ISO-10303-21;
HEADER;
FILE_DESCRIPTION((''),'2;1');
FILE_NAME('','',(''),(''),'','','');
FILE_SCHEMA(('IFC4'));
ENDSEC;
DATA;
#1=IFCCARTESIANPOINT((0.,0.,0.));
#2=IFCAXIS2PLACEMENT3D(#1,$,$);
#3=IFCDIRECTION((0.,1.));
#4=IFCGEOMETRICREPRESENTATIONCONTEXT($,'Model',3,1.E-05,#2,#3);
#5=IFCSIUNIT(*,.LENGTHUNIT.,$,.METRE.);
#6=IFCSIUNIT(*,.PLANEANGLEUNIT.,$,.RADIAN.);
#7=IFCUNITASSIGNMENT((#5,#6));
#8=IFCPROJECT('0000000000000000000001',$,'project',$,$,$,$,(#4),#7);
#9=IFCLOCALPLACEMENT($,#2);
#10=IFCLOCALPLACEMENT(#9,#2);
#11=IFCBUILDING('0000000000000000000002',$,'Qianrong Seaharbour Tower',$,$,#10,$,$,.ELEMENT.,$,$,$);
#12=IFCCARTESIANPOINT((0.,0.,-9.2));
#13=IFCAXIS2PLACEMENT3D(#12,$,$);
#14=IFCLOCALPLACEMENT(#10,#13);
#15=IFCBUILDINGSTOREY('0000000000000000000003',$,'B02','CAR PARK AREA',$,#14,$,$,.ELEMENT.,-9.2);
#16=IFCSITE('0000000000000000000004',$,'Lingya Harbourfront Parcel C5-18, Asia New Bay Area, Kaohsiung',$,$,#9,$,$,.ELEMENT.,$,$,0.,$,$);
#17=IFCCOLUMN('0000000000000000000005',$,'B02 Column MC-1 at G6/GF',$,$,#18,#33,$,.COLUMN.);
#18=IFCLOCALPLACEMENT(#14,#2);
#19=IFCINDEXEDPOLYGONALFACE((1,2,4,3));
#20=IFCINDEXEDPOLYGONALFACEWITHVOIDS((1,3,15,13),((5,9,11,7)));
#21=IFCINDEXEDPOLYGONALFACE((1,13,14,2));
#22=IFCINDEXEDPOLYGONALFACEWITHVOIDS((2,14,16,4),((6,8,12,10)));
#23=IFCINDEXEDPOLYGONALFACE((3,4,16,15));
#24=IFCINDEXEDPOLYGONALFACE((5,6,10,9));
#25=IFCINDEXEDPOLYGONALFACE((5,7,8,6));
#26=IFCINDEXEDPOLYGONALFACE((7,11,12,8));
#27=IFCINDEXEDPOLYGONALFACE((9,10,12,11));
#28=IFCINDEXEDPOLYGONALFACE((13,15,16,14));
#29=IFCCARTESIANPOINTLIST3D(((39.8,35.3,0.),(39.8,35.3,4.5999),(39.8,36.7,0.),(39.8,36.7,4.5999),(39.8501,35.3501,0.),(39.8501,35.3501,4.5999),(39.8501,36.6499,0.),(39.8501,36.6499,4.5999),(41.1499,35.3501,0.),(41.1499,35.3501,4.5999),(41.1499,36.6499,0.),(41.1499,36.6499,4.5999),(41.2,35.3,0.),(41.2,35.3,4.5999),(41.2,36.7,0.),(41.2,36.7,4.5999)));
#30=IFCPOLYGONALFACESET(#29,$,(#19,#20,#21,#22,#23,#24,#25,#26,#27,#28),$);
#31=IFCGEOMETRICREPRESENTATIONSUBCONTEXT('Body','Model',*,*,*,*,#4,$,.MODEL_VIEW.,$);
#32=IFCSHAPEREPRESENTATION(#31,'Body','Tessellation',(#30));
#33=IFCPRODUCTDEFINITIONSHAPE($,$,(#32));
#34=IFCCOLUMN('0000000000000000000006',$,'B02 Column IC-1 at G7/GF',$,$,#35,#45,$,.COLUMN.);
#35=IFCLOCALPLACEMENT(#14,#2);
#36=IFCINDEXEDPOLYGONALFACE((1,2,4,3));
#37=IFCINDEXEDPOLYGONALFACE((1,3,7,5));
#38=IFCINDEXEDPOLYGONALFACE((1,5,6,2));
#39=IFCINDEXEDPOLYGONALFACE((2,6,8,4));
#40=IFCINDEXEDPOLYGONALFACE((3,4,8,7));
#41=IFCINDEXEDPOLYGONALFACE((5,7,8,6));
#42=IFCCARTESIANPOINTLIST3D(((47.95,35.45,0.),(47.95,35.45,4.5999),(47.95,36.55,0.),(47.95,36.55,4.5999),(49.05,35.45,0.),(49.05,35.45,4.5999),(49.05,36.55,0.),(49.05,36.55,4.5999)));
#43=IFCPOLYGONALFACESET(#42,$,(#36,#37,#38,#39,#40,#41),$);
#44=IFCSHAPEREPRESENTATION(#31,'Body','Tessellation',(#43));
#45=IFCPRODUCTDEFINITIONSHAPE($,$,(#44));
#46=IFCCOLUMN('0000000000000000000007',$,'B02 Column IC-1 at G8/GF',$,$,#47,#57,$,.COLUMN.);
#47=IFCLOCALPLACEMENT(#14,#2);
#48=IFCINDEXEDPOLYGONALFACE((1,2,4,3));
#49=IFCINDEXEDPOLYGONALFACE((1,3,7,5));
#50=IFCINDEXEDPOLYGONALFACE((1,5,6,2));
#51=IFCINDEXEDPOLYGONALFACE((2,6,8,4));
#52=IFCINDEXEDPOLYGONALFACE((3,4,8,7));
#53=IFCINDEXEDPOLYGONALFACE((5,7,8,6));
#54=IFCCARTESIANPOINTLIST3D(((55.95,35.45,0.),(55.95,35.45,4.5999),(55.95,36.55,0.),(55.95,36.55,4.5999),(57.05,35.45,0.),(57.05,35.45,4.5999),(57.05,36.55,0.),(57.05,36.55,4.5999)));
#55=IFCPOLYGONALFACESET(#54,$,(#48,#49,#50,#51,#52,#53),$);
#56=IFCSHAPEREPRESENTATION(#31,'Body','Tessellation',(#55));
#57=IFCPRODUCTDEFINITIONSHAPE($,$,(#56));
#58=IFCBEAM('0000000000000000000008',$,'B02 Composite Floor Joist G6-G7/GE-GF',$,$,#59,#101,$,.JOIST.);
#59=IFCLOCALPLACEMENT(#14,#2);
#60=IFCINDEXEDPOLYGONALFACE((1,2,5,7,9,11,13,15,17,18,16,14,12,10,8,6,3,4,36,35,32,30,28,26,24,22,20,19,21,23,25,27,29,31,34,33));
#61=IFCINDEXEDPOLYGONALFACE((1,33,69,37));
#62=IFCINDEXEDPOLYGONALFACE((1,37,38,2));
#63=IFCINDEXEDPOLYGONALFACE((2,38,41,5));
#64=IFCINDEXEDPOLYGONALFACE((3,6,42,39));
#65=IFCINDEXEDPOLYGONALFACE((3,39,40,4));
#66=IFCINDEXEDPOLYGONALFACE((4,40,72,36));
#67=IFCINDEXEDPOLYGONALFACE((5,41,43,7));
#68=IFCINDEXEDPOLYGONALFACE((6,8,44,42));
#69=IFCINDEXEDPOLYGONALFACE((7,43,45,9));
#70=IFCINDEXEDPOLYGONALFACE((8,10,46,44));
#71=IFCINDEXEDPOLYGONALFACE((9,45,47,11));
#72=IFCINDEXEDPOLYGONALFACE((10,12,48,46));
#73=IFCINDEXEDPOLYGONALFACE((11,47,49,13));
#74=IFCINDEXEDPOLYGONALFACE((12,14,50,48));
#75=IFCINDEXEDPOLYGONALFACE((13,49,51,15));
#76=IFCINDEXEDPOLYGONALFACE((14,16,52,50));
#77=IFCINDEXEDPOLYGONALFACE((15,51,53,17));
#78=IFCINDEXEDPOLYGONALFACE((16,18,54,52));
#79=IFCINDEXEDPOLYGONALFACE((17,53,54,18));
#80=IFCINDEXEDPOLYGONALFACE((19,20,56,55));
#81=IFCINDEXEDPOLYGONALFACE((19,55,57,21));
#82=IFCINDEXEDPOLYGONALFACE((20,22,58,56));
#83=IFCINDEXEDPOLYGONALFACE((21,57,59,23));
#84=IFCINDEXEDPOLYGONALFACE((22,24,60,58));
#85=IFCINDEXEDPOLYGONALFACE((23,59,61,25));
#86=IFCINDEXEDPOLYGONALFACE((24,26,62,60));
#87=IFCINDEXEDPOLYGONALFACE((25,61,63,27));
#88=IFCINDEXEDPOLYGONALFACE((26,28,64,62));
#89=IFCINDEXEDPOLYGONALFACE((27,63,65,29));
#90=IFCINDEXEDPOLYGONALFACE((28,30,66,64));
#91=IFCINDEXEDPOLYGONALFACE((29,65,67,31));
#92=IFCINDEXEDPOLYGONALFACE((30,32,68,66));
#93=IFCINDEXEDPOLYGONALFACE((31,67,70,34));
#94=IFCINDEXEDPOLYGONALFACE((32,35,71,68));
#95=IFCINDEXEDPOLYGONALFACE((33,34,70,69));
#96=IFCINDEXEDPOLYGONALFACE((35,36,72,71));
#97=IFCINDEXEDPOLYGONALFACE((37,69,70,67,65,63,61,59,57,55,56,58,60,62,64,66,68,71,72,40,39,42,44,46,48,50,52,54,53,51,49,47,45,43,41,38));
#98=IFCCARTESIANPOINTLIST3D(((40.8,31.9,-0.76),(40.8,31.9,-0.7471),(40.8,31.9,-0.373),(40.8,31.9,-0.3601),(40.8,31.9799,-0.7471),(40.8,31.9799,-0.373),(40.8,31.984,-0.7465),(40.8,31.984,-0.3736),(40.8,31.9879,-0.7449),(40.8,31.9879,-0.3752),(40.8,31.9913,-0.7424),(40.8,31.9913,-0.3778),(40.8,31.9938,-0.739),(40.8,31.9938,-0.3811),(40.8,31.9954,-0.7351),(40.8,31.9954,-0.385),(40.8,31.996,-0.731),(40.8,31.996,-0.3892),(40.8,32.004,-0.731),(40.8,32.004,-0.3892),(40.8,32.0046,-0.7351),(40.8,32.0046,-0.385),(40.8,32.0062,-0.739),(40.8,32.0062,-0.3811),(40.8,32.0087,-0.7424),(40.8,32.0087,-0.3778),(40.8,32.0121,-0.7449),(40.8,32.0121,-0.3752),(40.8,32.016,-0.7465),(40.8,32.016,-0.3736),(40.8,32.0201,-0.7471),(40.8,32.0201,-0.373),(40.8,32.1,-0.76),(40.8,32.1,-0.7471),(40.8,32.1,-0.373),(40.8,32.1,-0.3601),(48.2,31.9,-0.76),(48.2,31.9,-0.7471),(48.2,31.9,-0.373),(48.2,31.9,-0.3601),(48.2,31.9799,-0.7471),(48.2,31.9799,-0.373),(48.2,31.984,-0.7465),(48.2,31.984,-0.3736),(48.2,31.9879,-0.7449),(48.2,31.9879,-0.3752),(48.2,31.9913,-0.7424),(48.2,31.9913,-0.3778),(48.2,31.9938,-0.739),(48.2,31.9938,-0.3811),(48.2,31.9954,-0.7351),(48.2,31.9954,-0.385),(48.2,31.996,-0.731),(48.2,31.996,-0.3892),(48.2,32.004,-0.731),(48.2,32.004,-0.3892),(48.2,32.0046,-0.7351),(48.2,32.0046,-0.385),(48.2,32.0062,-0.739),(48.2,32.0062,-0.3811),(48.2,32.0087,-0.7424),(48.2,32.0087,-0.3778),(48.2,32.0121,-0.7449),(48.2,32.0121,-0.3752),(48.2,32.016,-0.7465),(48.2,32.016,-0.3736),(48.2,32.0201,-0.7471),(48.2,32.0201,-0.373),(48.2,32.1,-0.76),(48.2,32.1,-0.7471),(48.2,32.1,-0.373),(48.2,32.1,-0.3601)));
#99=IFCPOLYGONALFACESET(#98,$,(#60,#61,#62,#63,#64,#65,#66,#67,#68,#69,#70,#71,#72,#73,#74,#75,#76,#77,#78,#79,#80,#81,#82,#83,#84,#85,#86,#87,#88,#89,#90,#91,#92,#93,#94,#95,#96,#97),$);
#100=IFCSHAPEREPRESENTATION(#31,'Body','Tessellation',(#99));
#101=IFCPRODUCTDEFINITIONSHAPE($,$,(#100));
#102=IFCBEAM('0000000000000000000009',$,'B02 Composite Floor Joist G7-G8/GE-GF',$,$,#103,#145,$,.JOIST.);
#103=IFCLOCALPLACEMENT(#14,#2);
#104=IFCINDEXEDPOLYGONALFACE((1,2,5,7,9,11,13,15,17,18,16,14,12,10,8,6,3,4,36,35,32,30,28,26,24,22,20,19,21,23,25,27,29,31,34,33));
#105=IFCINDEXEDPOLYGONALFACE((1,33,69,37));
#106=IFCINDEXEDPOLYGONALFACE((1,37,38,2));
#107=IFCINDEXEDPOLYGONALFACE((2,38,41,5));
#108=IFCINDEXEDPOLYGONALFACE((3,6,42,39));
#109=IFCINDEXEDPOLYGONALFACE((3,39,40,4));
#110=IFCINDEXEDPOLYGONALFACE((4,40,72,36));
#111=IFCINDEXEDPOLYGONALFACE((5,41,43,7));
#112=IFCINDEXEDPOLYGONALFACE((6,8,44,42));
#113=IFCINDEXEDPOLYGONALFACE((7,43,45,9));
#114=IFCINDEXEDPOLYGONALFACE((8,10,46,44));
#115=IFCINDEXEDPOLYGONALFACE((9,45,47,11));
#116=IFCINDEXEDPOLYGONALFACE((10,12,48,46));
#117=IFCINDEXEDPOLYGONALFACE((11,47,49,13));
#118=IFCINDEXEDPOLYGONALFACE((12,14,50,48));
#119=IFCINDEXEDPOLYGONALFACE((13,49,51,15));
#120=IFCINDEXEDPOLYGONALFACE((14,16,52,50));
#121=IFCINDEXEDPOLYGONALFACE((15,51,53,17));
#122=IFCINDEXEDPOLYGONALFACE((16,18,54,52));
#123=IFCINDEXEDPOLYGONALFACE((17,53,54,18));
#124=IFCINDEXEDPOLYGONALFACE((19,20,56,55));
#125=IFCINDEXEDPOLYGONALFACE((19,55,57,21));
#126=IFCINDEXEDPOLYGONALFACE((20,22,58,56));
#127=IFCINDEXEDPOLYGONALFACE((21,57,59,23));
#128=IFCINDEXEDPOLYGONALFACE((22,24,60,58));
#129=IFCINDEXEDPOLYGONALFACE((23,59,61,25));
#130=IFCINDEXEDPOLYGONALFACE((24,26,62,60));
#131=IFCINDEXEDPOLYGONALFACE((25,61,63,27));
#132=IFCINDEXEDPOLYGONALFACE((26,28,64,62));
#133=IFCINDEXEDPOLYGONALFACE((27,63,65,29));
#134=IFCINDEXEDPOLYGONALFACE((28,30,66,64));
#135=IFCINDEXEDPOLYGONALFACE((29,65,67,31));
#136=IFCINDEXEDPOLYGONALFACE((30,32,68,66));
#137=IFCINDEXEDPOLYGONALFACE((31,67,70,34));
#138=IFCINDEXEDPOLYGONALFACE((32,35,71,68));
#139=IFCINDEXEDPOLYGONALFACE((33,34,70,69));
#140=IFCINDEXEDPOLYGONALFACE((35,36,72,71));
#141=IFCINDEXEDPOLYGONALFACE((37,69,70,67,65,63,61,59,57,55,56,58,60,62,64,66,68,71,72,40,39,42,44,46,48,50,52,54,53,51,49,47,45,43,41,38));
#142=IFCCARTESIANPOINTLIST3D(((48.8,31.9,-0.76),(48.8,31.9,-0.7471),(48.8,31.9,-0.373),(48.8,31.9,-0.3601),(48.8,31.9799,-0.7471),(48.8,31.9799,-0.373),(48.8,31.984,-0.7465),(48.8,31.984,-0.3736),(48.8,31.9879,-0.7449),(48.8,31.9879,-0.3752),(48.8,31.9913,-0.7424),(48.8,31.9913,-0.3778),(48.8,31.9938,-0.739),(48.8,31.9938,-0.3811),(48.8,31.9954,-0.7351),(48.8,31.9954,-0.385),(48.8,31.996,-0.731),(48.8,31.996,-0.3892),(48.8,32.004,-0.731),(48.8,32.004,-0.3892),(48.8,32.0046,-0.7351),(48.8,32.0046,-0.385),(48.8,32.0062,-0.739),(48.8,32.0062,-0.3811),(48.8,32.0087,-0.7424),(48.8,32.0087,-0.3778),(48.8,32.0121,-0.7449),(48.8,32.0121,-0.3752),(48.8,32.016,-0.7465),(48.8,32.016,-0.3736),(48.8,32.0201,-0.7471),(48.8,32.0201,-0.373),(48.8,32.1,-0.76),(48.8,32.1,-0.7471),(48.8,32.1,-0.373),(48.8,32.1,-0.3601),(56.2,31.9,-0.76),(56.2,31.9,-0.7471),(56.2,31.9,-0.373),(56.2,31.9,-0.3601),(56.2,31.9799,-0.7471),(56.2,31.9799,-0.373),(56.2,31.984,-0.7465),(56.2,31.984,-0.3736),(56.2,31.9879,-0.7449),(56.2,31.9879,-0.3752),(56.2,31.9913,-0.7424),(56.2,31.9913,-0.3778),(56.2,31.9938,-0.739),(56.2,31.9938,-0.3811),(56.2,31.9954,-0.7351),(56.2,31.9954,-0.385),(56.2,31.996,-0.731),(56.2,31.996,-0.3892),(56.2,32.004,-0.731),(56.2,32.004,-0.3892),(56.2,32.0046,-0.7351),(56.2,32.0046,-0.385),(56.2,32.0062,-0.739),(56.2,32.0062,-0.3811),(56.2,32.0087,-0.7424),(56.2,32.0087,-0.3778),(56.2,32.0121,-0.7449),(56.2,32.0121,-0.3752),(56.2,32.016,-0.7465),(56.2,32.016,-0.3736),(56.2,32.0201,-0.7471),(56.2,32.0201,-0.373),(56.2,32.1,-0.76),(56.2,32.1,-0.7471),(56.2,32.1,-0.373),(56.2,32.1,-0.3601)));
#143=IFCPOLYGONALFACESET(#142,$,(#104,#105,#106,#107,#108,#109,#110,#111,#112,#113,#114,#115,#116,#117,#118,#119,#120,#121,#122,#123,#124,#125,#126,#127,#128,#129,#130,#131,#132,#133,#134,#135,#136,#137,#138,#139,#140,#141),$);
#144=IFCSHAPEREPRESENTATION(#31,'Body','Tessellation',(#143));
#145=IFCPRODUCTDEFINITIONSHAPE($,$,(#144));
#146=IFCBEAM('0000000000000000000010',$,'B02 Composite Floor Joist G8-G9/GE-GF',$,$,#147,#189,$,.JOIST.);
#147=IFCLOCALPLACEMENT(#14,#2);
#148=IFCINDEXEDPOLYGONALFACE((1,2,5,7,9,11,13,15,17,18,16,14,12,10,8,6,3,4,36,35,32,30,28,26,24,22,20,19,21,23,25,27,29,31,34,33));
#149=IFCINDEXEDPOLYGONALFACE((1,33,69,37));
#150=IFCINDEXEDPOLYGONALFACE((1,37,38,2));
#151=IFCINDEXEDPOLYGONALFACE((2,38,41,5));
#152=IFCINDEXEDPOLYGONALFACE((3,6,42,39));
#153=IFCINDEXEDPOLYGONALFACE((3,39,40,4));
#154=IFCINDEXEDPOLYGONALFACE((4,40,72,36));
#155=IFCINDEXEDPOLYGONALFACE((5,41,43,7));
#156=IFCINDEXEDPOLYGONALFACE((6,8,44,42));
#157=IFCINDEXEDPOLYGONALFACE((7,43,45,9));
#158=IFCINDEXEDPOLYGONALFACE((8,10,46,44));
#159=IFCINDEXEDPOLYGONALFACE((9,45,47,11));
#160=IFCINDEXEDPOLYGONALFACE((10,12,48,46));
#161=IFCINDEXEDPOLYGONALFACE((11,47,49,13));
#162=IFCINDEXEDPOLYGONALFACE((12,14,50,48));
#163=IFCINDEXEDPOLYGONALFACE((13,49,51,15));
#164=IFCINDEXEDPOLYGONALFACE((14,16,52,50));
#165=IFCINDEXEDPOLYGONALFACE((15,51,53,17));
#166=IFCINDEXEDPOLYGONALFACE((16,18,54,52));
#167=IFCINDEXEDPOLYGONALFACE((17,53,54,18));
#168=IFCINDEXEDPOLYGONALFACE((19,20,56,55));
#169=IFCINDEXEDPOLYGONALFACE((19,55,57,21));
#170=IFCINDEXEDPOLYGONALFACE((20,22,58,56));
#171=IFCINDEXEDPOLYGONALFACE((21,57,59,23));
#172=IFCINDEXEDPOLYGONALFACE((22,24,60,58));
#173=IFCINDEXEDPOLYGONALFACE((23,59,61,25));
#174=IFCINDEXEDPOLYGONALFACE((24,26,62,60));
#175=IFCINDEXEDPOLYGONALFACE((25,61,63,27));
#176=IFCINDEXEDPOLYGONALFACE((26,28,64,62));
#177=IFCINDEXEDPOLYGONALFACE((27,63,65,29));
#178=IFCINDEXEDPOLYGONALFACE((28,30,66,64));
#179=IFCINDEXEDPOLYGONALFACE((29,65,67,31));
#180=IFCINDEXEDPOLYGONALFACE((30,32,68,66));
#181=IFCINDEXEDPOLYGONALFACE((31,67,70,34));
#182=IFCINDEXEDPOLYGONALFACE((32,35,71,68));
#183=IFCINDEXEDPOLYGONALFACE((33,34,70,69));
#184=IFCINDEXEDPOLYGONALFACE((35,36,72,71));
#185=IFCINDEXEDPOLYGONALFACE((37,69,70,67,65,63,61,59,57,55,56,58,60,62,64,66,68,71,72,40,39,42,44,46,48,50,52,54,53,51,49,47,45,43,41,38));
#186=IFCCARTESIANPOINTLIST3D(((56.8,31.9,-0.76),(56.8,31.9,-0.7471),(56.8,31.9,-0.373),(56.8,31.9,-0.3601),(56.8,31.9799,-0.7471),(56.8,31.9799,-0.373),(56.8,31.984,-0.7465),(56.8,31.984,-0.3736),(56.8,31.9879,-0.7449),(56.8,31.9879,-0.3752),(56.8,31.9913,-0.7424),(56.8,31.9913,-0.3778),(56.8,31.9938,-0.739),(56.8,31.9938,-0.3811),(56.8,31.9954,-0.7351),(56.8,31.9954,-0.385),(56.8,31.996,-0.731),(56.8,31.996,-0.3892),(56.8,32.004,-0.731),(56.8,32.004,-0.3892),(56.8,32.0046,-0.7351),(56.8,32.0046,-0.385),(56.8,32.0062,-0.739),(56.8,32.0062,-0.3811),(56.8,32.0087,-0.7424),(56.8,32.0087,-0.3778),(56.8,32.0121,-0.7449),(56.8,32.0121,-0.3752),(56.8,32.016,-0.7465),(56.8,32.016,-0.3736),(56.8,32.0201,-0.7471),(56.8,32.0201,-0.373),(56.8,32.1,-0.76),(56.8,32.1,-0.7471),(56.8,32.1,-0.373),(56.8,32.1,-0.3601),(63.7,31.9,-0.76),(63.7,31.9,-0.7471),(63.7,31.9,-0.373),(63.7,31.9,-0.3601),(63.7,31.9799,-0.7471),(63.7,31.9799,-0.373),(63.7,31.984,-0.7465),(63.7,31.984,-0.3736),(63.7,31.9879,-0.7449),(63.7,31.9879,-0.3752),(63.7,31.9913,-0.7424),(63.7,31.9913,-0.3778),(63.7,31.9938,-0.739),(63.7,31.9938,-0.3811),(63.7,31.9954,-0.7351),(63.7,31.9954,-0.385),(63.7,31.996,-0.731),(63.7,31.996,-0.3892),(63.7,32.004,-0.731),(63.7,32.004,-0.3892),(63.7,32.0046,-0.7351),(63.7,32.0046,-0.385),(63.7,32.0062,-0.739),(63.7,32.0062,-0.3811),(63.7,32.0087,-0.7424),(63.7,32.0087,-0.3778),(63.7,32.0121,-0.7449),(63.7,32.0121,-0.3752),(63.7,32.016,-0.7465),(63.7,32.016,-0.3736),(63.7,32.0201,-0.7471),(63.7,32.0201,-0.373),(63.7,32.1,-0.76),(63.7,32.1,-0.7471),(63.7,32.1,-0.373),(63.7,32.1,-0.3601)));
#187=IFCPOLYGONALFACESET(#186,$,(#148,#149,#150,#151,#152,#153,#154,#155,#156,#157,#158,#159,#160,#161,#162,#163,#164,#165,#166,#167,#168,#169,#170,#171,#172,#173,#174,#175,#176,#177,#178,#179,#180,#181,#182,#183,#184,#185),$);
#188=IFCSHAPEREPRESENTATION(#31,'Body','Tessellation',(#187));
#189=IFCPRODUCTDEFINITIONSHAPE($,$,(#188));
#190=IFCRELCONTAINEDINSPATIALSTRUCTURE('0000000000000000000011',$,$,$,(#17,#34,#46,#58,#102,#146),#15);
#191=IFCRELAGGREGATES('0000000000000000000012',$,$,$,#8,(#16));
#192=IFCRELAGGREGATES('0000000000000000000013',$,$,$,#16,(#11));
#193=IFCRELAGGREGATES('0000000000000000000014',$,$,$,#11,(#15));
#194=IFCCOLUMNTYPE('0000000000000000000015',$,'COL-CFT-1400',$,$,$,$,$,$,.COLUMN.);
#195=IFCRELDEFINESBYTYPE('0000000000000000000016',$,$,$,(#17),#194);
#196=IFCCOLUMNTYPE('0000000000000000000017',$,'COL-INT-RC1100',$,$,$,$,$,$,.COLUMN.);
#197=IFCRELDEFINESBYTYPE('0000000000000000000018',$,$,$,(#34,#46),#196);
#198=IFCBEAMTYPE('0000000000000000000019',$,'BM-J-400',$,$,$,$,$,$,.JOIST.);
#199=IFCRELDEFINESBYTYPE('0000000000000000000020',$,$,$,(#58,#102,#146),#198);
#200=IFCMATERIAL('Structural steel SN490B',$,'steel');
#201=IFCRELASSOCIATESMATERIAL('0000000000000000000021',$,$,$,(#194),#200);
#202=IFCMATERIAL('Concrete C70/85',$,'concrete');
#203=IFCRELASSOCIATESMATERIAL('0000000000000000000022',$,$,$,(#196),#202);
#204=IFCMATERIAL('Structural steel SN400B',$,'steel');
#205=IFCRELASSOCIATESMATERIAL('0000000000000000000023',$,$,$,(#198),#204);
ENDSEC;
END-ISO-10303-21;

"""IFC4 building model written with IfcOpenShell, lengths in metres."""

from ifc_helpers import new_model, si_unit, direction, frame, origin, origin_2d, place, context, subcontext, project, spatial, rectangle, hollow_rectangle, i_section, extrude, material, material_profile, profile_set, type_object, element, save


model = new_model("IFC4")

# Units and contexts
model_context = context("Model", 3, precision=1e-05, world=origin(), true_north=direction((0.0, 1.0)))
body_context = subcontext(model_context, "Body", "Model", "MODEL_VIEW")
ifc_project = project(units=[si_unit("LENGTHUNIT", "METRE"), si_unit("PLANEANGLEUNIT", "RADIAN")], contexts=[model_context])

# Site, building, storey
site_placement = place(None, origin())
site = spatial("IfcSite", under=ifc_project, at=site_placement, Name="Lingya Harbourfront Parcel C5-18, Asia New Bay Area, Kaohsiung", CompositionType="ELEMENT", RefElevation=0.0)
building_placement = place(site_placement, origin())
building = spatial("IfcBuilding", under=site, at=building_placement, Name="Qianrong Seaharbour Tower", CompositionType="ELEMENT")
storey_placement = place(building_placement, frame((0.0, 0.0, -9.2)))
storey = spatial("IfcBuildingStorey", under=building, at=storey_placement, Name="B02", Description="CAR PARK AREA", CompositionType="ELEMENT", Elevation=-9.2)

# Columns
ifc_material_1 = material(Name="Structural steel SN490B", Category="steel")
ifc_material_profile_1 = material_profile(ifc_material_1, hollow_rectangle(XDim=1.3999, YDim=1.3999, WallThickness=0.05, at=origin_2d()), Name="BOX1400x1400x50")
ifc_profile_set_1 = profile_set([ifc_material_profile_1], Name="Structural steel SN490B")
column_type_1 = type_object("IfcColumnType", Name="COL-CFT-1400", PredefinedType="COLUMN", material=ifc_profile_set_1)
column_placement = place(storey_placement, frame((40.5, 36.0, 0.0), z_axis=(0.0, 0.0, 1.0), x_axis=(1.0, 0.0, 0.0)))
element("IfcColumn", 1, at=column_placement, inside=storey, type_object=column_type_1, Name="B02 Column MC-1 at G6/GF", PredefinedType="COLUMN", context=body_context, shape_type="SweptSolid", body=[
    extrude(hollow_rectangle(XDim=1.3999, YDim=1.3999, WallThickness=0.05, at=origin_2d()), origin(), (0.0, 0.0, 1.0), 4.5999),
])
ifc_material_2 = material(Name="Concrete C70/85", Category="concrete")
ifc_material_profile_2 = material_profile(ifc_material_2, rectangle(XDim=1.1001, YDim=1.1001, at=origin_2d()), Name="RC1100x1100")
ifc_profile_set_2 = profile_set([ifc_material_profile_2], Name="Concrete C70/85")
column_type_2 = type_object("IfcColumnType", Name="COL-INT-RC1100", PredefinedType="COLUMN", material=ifc_profile_set_2)
for number, where, z_axis, x_axis, name in (
    (2, (48.5, 36.0, 0.0), (0.0, 0.0, 1.0), (1.0, 0.0, 0.0), "B02 Column IC-1 at G7/GF"),
    (3, (56.5, 36.0, 0.0), (0.0, 0.0, 1.0), (1.0, 0.0, 0.0), "B02 Column IC-1 at G8/GF"),
):
    element("IfcColumn", number, at=place(storey_placement, frame(where, z_axis=z_axis, x_axis=x_axis)), inside=storey, type_object=column_type_2, Name=name, PredefinedType="COLUMN", context=body_context, shape_type="SweptSolid", body=[
        extrude(rectangle(XDim=1.1001, YDim=1.1001, at=origin_2d()), origin(), (0.0, 0.0, 1.0), 4.5999),
    ])

# Beams
ifc_material_3 = material(Name="Structural steel SN400B", Category="steel")
ifc_material_profile_3 = material_profile(ifc_material_3, i_section(OverallWidth=0.2, OverallDepth=0.3999, WebThickness=0.0081, FlangeThickness=0.0129, FilletRadius=0.0161, at=origin_2d()), Name="H400x200x8x13")
ifc_profile_set_3 = profile_set([ifc_material_profile_3], Name="Structural steel SN400B")
beam_type_1 = type_object("IfcBeamType", Name="BM-J-400", PredefinedType="JOIST", material=ifc_profile_set_3)
for number, where, z_axis, x_axis, name in (
    (4, (40.8, 32.0, -0.5601), (1.0, 0.0, 0.0), (0.0, 1.0, 0.0), "B02 Composite Floor Joist G6-G7/GE-GF"),
    (5, (48.8, 32.0, -0.5601), (1.0, 0.0, 0.0), (0.0, 1.0, 0.0), "B02 Composite Floor Joist G7-G8/GE-GF"),
):
    element("IfcBeam", number, at=place(storey_placement, frame(where, z_axis=z_axis, x_axis=x_axis)), inside=storey, type_object=beam_type_1, Name=name, PredefinedType="JOIST", context=body_context, shape_type="SweptSolid", body=[
        extrude(i_section(OverallWidth=0.2, OverallDepth=0.3999, WebThickness=0.0081, FlangeThickness=0.0129, FilletRadius=0.0161, at=origin_2d()), origin(), (0.0, 0.0, 1.0), 7.3999),
    ])
beam_1_placement = place(storey_placement, frame((56.8, 32.0, -0.5601), z_axis=(1.0, 0.0, 0.0), x_axis=(0.0, 1.0, 0.0)))
element("IfcBeam", 6, at=beam_1_placement, inside=storey, type_object=beam_type_1, Name="B02 Composite Floor Joist G8-G9/GE-GF", PredefinedType="JOIST", context=body_context, shape_type="SweptSolid", body=[
    extrude(i_section(OverallWidth=0.2, OverallDepth=0.3999, WebThickness=0.0081, FlangeThickness=0.0129, FilletRadius=0.0161, at=origin_2d()), origin(), (0.0, 0.0, 1.0), 6.8999),
])

save(model, "model.ifc")
